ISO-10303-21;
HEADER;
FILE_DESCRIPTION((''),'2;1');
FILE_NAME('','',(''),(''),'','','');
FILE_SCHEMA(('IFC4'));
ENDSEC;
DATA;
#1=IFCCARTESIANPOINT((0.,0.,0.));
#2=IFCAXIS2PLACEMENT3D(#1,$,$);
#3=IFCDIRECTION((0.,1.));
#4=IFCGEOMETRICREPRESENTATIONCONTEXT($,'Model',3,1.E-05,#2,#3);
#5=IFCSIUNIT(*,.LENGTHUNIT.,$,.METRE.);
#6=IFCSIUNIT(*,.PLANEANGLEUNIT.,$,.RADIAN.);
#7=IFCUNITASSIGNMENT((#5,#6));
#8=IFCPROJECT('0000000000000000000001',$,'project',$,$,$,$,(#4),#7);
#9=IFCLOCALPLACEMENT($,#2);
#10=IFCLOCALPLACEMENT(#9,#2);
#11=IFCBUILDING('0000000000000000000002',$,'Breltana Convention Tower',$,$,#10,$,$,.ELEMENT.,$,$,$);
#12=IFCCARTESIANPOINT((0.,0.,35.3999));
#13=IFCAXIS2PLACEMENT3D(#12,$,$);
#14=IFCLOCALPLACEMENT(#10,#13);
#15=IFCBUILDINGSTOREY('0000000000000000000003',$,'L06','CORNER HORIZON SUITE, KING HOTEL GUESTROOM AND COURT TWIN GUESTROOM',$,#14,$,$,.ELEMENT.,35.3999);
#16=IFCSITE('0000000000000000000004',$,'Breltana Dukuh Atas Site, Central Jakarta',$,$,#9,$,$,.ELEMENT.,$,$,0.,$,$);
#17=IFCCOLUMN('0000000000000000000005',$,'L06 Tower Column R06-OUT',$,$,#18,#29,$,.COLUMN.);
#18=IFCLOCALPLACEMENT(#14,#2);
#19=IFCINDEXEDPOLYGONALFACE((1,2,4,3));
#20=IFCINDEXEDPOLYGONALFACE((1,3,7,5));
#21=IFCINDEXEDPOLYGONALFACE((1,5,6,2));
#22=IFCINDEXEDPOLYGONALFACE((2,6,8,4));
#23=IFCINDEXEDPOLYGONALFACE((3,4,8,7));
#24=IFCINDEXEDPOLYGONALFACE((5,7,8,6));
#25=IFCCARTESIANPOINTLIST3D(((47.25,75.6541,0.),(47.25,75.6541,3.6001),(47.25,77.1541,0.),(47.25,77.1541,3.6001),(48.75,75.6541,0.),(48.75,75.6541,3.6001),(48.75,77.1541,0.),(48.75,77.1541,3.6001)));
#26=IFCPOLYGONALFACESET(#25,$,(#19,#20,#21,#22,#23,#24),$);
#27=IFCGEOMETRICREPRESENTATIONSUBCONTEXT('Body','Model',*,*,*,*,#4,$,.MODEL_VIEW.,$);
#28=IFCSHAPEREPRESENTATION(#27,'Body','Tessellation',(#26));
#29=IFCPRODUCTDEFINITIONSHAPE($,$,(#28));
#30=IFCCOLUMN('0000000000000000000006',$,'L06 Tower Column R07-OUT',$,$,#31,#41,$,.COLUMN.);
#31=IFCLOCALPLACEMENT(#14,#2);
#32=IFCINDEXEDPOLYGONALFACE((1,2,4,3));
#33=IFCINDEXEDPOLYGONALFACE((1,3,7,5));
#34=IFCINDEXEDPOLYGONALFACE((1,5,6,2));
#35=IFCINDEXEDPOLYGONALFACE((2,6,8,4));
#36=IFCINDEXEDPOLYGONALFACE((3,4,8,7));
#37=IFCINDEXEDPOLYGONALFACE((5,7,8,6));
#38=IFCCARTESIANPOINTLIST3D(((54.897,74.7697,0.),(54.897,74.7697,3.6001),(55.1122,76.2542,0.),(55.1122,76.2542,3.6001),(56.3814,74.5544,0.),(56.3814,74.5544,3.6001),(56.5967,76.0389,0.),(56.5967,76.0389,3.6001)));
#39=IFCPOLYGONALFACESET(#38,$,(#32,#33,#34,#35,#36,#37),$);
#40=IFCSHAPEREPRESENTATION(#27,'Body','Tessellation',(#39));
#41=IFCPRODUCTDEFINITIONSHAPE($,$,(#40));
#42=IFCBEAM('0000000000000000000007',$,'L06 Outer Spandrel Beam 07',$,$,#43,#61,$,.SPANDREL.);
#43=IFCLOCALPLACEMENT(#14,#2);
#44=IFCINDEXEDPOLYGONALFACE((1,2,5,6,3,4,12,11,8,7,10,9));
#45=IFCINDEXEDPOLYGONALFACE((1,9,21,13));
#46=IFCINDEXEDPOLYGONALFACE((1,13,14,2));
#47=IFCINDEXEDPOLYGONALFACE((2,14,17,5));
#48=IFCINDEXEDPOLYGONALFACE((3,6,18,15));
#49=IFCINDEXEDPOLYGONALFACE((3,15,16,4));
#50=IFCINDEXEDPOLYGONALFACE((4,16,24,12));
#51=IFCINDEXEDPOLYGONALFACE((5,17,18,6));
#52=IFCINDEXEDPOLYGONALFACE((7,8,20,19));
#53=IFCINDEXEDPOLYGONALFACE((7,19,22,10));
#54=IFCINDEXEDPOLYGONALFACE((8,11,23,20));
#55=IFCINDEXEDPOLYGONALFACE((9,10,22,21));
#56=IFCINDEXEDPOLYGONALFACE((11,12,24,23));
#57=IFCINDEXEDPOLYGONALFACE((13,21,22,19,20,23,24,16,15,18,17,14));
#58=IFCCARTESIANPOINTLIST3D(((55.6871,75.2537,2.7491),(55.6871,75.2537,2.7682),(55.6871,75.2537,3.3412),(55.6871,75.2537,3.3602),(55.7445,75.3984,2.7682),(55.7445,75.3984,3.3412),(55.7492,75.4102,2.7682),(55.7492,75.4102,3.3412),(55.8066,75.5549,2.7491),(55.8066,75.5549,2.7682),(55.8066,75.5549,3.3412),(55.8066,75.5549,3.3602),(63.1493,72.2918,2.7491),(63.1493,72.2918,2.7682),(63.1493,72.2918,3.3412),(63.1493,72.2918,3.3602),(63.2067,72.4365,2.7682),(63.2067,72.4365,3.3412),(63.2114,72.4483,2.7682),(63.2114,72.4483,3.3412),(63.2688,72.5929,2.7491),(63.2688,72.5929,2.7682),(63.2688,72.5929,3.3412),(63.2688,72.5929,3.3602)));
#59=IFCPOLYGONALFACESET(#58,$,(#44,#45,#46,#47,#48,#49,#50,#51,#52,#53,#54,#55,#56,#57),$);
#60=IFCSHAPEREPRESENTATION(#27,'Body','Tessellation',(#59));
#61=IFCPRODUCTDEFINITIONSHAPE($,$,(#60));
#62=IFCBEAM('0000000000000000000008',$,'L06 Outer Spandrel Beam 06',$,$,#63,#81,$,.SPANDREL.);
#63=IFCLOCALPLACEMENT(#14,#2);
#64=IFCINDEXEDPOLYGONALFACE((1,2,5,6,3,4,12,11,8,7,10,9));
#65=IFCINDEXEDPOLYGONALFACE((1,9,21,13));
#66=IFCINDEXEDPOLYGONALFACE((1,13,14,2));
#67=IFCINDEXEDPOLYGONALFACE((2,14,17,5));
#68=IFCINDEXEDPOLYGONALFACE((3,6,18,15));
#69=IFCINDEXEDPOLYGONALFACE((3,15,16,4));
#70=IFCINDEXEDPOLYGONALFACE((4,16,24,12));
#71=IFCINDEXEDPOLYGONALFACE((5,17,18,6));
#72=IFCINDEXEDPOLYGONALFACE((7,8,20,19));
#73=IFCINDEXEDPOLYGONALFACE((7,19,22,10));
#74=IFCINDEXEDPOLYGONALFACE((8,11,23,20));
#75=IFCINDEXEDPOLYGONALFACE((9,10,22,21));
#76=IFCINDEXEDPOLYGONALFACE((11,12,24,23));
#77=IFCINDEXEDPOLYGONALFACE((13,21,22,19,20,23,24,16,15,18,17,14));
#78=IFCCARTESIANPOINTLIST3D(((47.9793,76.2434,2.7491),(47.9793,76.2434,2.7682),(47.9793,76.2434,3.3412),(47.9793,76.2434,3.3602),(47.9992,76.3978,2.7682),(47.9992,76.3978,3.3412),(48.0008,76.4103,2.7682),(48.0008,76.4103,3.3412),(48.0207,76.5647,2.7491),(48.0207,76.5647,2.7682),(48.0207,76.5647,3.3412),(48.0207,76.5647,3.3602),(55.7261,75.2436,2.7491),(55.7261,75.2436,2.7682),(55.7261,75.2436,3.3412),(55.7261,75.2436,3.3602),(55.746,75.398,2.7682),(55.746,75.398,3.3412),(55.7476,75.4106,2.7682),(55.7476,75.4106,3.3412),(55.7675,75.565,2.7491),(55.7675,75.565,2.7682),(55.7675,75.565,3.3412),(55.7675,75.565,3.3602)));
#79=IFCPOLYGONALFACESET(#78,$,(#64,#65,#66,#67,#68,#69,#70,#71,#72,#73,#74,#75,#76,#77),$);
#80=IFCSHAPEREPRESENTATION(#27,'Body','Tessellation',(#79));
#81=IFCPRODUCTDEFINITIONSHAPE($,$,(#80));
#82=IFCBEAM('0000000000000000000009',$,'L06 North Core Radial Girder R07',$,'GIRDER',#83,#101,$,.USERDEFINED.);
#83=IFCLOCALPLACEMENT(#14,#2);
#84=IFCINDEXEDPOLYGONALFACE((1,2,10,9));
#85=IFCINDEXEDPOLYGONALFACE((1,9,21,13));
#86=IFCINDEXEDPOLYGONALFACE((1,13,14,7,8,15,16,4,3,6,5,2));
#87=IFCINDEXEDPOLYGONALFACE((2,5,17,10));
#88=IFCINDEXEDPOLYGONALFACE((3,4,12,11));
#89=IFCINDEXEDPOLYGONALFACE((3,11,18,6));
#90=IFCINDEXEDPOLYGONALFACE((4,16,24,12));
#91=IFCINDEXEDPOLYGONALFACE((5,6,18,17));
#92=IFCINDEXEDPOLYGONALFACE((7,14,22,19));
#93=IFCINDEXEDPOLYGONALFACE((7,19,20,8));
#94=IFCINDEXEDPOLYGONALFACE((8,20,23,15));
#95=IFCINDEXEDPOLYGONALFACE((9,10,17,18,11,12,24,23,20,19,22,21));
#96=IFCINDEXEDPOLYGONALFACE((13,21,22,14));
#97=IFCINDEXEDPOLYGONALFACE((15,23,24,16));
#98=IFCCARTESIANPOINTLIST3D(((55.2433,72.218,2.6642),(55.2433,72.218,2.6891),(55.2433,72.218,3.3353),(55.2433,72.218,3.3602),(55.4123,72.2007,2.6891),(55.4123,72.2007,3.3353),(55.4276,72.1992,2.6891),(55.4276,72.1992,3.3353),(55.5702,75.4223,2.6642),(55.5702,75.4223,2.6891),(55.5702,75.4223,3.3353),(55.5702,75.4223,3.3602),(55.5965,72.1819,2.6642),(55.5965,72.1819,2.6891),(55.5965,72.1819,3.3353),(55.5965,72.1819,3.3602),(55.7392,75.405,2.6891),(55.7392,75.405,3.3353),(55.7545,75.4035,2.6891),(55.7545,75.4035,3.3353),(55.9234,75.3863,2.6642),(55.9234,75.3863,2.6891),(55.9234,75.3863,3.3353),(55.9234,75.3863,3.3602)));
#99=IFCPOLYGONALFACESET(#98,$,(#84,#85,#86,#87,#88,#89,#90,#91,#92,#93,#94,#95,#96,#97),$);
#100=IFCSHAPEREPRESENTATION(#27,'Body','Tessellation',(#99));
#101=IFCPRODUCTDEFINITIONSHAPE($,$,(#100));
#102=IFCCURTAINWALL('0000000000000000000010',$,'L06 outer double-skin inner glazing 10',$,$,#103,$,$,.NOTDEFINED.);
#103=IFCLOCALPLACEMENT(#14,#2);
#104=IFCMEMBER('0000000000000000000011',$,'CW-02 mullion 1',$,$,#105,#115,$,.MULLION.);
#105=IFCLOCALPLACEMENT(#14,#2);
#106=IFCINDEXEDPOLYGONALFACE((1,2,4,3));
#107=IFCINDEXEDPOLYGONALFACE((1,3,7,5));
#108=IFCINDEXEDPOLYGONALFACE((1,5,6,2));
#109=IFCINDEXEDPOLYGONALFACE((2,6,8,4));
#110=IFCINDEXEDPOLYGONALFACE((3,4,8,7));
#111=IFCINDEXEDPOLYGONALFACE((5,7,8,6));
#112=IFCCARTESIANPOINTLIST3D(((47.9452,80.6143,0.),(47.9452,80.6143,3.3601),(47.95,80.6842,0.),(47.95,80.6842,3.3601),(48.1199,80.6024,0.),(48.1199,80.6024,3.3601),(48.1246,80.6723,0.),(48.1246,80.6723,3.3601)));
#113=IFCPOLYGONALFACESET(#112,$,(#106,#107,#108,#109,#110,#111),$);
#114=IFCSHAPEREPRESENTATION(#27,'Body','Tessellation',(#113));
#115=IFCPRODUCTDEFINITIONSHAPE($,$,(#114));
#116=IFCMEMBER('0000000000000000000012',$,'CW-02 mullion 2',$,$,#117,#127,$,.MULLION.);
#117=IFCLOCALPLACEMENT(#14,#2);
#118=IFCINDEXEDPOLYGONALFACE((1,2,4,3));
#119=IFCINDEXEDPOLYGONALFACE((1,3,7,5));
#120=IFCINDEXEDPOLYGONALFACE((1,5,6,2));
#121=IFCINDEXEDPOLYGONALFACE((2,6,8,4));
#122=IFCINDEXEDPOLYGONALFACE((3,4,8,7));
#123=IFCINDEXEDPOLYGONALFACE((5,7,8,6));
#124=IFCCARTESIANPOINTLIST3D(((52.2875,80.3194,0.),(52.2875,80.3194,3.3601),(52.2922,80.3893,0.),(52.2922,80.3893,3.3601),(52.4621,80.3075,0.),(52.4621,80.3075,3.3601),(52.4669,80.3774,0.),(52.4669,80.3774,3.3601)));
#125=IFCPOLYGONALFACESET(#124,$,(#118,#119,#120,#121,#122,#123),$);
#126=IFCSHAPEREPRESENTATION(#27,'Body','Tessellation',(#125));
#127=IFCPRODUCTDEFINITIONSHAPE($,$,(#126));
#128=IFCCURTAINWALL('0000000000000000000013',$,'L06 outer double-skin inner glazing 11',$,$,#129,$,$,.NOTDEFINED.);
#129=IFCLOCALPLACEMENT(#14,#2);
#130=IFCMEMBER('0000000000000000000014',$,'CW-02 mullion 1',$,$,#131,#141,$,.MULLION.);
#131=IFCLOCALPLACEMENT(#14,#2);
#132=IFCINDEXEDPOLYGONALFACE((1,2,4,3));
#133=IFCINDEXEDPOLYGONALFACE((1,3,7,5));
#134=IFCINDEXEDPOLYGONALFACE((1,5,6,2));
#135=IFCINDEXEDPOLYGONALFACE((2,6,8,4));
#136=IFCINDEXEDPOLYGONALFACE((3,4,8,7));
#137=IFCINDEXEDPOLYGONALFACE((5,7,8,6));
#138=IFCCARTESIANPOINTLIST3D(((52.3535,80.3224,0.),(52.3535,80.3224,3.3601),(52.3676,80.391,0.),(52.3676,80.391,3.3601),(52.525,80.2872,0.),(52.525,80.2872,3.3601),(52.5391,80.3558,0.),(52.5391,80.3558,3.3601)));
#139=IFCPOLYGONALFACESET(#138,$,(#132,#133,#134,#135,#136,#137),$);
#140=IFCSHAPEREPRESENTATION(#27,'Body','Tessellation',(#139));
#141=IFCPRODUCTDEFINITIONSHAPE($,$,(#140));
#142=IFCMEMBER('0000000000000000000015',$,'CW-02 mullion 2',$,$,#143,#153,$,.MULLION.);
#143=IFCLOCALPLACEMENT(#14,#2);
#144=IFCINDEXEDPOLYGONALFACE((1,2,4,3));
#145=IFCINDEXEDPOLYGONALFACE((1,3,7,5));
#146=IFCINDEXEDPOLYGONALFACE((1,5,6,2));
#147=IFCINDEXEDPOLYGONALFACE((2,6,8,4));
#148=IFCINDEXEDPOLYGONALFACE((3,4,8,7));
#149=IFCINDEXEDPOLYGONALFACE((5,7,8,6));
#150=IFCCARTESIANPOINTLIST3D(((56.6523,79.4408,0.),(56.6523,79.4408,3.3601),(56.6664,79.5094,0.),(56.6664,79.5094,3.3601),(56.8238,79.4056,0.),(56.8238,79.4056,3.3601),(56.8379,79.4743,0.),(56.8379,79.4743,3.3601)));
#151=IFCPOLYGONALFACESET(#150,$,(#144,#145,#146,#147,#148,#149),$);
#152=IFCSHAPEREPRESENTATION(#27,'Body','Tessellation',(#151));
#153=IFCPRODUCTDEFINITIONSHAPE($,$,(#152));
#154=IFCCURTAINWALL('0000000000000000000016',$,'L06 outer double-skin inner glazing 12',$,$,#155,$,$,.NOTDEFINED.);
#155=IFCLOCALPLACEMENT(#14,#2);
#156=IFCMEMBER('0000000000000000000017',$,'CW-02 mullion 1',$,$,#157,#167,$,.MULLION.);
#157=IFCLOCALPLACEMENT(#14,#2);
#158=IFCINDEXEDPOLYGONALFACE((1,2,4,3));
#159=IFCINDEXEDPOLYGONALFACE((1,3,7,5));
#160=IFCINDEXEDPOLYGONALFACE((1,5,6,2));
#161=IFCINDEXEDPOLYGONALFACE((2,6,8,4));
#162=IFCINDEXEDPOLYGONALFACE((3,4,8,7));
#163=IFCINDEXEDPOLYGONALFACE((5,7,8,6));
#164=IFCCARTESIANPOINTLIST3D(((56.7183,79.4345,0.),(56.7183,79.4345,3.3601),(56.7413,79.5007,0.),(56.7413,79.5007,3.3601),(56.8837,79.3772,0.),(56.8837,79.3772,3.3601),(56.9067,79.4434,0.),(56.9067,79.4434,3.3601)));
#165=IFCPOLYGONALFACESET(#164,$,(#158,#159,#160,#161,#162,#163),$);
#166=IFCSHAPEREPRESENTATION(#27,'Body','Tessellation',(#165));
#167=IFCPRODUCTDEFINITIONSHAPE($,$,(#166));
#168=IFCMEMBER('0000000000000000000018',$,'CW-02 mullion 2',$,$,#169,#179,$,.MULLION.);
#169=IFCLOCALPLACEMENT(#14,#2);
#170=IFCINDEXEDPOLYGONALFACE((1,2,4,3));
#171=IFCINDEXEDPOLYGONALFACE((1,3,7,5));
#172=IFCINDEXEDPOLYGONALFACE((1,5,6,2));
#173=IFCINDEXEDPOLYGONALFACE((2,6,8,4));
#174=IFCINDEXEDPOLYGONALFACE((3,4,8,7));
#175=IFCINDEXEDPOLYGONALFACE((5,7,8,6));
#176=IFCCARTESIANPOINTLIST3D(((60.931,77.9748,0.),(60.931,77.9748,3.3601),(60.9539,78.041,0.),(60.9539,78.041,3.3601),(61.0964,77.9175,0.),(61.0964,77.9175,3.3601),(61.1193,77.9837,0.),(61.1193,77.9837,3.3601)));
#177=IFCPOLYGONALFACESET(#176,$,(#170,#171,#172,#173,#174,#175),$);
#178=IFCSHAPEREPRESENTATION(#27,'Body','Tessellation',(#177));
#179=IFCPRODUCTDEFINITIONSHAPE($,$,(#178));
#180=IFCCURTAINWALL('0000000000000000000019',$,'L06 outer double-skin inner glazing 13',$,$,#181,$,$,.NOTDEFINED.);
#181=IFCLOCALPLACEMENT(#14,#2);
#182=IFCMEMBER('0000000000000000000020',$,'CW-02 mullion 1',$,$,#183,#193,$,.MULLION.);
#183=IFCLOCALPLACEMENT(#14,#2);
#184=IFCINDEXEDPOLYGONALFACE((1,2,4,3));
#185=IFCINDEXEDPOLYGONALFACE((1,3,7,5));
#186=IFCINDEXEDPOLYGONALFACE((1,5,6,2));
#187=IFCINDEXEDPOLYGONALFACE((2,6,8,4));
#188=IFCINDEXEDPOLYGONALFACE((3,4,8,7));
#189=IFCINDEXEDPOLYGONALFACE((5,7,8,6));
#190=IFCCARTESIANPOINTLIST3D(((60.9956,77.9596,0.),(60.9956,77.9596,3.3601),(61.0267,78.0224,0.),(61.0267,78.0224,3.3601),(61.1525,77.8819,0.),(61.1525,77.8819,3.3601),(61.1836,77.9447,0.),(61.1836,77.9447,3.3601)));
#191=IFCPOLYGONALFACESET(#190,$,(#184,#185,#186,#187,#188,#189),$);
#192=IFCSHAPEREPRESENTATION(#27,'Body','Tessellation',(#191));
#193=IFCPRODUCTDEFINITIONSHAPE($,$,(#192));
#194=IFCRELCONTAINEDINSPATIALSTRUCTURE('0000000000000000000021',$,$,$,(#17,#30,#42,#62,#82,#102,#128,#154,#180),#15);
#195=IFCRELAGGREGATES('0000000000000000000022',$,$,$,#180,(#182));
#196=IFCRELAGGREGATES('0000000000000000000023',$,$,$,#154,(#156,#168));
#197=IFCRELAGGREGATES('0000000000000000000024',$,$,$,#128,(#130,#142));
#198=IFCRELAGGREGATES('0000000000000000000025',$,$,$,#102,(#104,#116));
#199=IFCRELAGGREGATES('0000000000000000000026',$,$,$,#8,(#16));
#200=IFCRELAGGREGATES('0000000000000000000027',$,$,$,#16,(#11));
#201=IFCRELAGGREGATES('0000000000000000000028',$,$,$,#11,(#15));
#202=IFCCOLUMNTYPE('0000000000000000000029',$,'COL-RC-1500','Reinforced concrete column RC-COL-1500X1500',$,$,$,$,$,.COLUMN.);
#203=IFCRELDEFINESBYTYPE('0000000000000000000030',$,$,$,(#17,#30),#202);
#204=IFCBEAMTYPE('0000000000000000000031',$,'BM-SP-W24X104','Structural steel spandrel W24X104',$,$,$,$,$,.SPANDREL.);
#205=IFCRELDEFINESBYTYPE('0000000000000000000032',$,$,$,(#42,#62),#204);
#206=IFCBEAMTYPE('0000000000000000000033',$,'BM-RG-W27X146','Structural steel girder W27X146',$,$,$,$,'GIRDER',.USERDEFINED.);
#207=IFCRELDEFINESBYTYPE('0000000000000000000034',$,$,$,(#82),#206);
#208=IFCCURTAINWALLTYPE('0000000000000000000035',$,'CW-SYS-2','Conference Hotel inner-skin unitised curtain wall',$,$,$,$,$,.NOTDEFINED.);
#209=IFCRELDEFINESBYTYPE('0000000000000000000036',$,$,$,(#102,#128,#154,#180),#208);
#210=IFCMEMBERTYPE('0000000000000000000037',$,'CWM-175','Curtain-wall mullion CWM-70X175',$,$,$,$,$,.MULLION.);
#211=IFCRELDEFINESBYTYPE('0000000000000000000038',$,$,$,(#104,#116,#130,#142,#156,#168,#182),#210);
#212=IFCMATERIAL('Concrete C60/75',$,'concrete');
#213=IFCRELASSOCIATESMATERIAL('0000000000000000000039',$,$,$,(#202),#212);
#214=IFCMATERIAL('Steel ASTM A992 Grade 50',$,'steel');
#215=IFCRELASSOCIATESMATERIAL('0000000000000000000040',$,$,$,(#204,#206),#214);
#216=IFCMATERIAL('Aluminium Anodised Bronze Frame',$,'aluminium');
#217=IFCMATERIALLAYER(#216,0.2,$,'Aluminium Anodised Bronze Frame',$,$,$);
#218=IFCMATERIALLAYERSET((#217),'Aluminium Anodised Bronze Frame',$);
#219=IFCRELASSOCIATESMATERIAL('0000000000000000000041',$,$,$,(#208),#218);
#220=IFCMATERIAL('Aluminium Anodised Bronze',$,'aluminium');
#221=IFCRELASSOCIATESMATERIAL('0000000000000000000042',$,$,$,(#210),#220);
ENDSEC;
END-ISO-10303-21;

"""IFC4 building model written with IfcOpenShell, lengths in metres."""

from ifc_helpers import new_model, si_unit, direction, frame, origin, origin_2d, place, context, subcontext, project, spatial, rectangle, i_section, extrude, source, transform, mapped, material, layer, layer_set, material_profile, profile_set, type_object, type_shapes, element, aggregate, save


model = new_model("IFC4")

# Units and contexts
model_context = context("Model", 3, precision=1e-05, world=origin(), true_north=direction((0.0, 1.0)))
body_context = subcontext(model_context, "Body", "Model", "MODEL_VIEW")
ifc_project = project(units=[si_unit("LENGTHUNIT", "METRE"), si_unit("PLANEANGLEUNIT", "RADIAN")], contexts=[model_context])

# Site, building, storey
site_placement = place(None, origin())
site = spatial("IfcSite", under=ifc_project, at=site_placement, Name="Breltana Dukuh Atas Site, Central Jakarta", CompositionType="ELEMENT", RefElevation=0.0)
building_placement = place(site_placement, origin())
building = spatial("IfcBuilding", under=site, at=building_placement, Name="Breltana Convention Tower", CompositionType="ELEMENT")
storey_placement = place(building_placement, frame((0.0, 0.0, 35.3999)))
storey = spatial("IfcBuildingStorey", under=building, at=storey_placement, Name="L06", Description="CORNER HORIZON SUITE, KING HOTEL GUESTROOM AND COURT TWIN GUESTROOM", CompositionType="ELEMENT", Elevation=35.3999)

# Columns
ifc_material_1 = material(Name="Concrete C60/75", Category="concrete")
ifc_material_profile_1 = material_profile(ifc_material_1, rectangle(XDim=1.5, YDim=1.5, at=origin_2d()), Name="RC-COL-1500X1500")
ifc_profile_set_1 = profile_set([ifc_material_profile_1], Name="Concrete C60/75")
column_type = type_object("IfcColumnType", Name="COL-RC-1500", Description="Reinforced concrete column RC-COL-1500X1500", PredefinedType="COLUMN", material=ifc_profile_set_1)
shared_shape_1 = source(origin(), body_context, "Body", "SweptSolid", [
    extrude(rectangle(XDim=1.5, YDim=1.5, at=origin_2d()), origin(), (0.0, 0.0, 1.0), 3.6001),
])
for number, where, z_axis, x_axis, name in (
    (1, (48.0, 76.4041, 0.0), (0.0, 0.0, 1.0), (0.0, 1.0, 0.0), "L06 Tower Column R06-OUT"),
    (2, (55.7468, 75.4043, 0.0), (0.0, 0.0, 1.0), (0.143493, 0.989651, 0.0), "L06 Tower Column R07-OUT"),
):
    element("IfcColumn", number, at=place(storey_placement, frame(where, z_axis=z_axis, x_axis=x_axis)), inside=storey, type_object=column_type, Name=name, PredefinedType="COLUMN", context=body_context, shape_type="MappedRepresentation", body=[
        mapped(shared_shape_1, transform((0.0, 0.0, 0.0), scale=1.0)),
    ])

# Beams
ifc_material_2 = material(Name="Steel ASTM A992 Grade 50", Category="steel")
ifc_material_profile_2 = material_profile(ifc_material_2, i_section(OverallWidth=0.324, OverallDepth=0.6111, WebThickness=0.0127, FlangeThickness=0.019, at=origin_2d()), Name="W24X104")
ifc_profile_set_2 = profile_set([ifc_material_profile_2], Name="Steel ASTM A992 Grade 50")
beam_type_1 = type_object("IfcBeamType", Name="BM-SP-W24X104", Description="Structural steel spandrel W24X104", PredefinedType="SPANDREL", material=ifc_profile_set_2)
shared_shape_2 = source(origin(), body_context, "Body", "SweptSolid", [
    extrude(i_section(OverallWidth=0.324, OverallDepth=0.6111, WebThickness=0.0127, FlangeThickness=0.019, at=origin_2d()), origin(), (0.0, 0.0, 1.0), 8.0286),
])
beam_1_placement = place(storey_placement, frame((55.7468, 75.4043, 3.0547), z_axis=(0.929459, -0.368925, 0.0), x_axis=(0.368925, 0.929459, 0.0)))
element("IfcBeam", 3, at=beam_1_placement, inside=storey, type_object=beam_type_1, Name="L06 Outer Spandrel Beam 07", PredefinedType="SPANDREL", context=body_context, shape_type="MappedRepresentation", body=[
    mapped(shared_shape_2, transform((0.0, 0.0, 0.0), scale=1.0)),
])
shared_shape_3 = source(origin(), body_context, "Body", "SweptSolid", [
    extrude(i_section(OverallWidth=0.324, OverallDepth=0.6111, WebThickness=0.0127, FlangeThickness=0.019, at=origin_2d()), origin(), (0.0, 0.0, 1.0), 7.811),
])
beam_2_placement = place(storey_placement, frame((48.0, 76.4041, 3.0547), z_axis=(0.991775, -0.127992, 0.0), x_axis=(0.127992, 0.991775, 0.0)))
element("IfcBeam", 4, at=beam_2_placement, inside=storey, type_object=beam_type_1, Name="L06 Outer Spandrel Beam 06", PredefinedType="SPANDREL", context=body_context, shape_type="MappedRepresentation", body=[
    mapped(shared_shape_3, transform((0.0, 0.0, 0.0), scale=1.0)),
])
ifc_material_profile_3 = material_profile(ifc_material_2, i_section(OverallWidth=0.355, OverallDepth=0.696, WebThickness=0.0154, FlangeThickness=0.0249, at=origin_2d()), Name="W27X146")
ifc_profile_set_3 = profile_set([ifc_material_profile_3], Name="Steel ASTM A992 Grade 50")
beam_type_2 = type_object("IfcBeamType", Name="BM-RG-W27X146", Description="Structural steel girder W27X146", ElementType="GIRDER", PredefinedType="USERDEFINED", material=ifc_profile_set_3)
shared_shape_4 = source(origin(), body_context, "Body", "SweptSolid", [
    extrude(i_section(OverallWidth=0.355, OverallDepth=0.696, WebThickness=0.0154, FlangeThickness=0.0249, at=origin_2d()), origin(), (0.0, 0.0, 1.0), 3.2209),
])
beam_3_placement = place(storey_placement, frame((55.4199, 72.2, 3.0122), z_axis=(0.101492, 0.994836, 0.0), x_axis=(-0.994836, 0.101492, 0.0)))
element("IfcBeam", 5, at=beam_3_placement, inside=storey, type_object=beam_type_2, Name="L06 North Core Radial Girder R07", ObjectType="GIRDER", PredefinedType="USERDEFINED", context=body_context, shape_type="MappedRepresentation", body=[
    mapped(shared_shape_4, transform((0.0, 0.0, 0.0), scale=1.0)),
])

# Curtain walls, members
ifc_material_3 = material(Name="Aluminium Anodised Bronze Frame", Category="aluminium")
ifc_layer_1 = layer(ifc_material_3, 0.2, Name="Aluminium Anodised Bronze Frame")
ifc_layer_set_1 = layer_set([ifc_layer_1], Name="Aluminium Anodised Bronze Frame")
curtain_wall_type = type_object("IfcCurtainWallType", Name="CW-SYS-2", Description="Conference Hotel inner-skin unitised curtain wall", PredefinedType="NOTDEFINED", material=ifc_layer_set_1)
curtain_wall_1_placement = place(storey_placement, origin())
curtain_wall_1 = element("IfcCurtainWall", 6, at=curtain_wall_1_placement, inside=storey, type_object=curtain_wall_type, Name="L06 outer double-skin inner glazing 10", PredefinedType="NOTDEFINED")
ifc_material_4 = material(Name="Aluminium Anodised Bronze", Category="aluminium")
ifc_material_profile_4 = material_profile(ifc_material_4, rectangle(XDim=0.0701, YDim=0.175, at=origin_2d()), Name="CWM-70X175")
ifc_profile_set_4 = profile_set([ifc_material_profile_4], Name="Aluminium Anodised Bronze")
member_type_1 = type_object("IfcMemberType", Name="CWM-175", Description="Curtain-wall mullion CWM-70X175", PredefinedType="MULLION", material=ifc_profile_set_4)
shared_shape_5 = source(origin(), body_context, "Body", "SweptSolid", [
    extrude(rectangle(XDim=0.0701, YDim=0.175, at=origin_2d()), origin(), (0.0, 0.0, 1.0), 3.3601),
])
type_shapes(member_type_1, [shared_shape_5])
member_1_placement = place(storey_placement, frame((48.0349, 80.6433, 0.0), z_axis=(0.0, 0.0, 1.0), x_axis=(0.067726, 0.997704, 0.0)))
member_1 = element("IfcMember", 7, at=member_1_placement, type_object=member_type_1, Name="CW-02 mullion 1", PredefinedType="MULLION", context=body_context, shape_type="MappedRepresentation", body=[
    mapped(shared_shape_5, transform((0.0, 0.0, 0.0), scale=1.0)),
])
member_2_placement = place(storey_placement, frame((52.3772, 80.3484, 0.0), z_axis=(0.0, 0.0, 1.0), x_axis=(0.067726, 0.997704, 0.0)))
member_2 = element("IfcMember", 8, at=member_2_placement, type_object=member_type_1, Name="CW-02 mullion 2", PredefinedType="MULLION", context=body_context, shape_type="MappedRepresentation", body=[
    mapped(shared_shape_5, transform((0.0, 0.0, 0.0), scale=1.0)),
])
curtain_wall_2_placement = place(storey_placement, origin())
curtain_wall_2 = element("IfcCurtainWall", 9, at=curtain_wall_2_placement, inside=storey, type_object=curtain_wall_type, Name="L06 outer double-skin inner glazing 11", PredefinedType="NOTDEFINED")
member_3_placement = place(storey_placement, frame((52.4463, 80.3391, 0.0), z_axis=(0.0, 0.0, 1.0), x_axis=(0.200885, 0.979615, 0.0)))
member_3 = element("IfcMember", 10, at=member_3_placement, type_object=member_type_1, Name="CW-02 mullion 1", PredefinedType="MULLION", context=body_context, shape_type="MappedRepresentation", body=[
    mapped(shared_shape_5, transform((0.0, 0.0, 0.0), scale=1.0)),
])
member_4_placement = place(storey_placement, frame((56.7451, 79.4575, 0.0), z_axis=(0.0, 0.0, 1.0), x_axis=(0.200885, 0.979615, 0.0)))
member_4 = element("IfcMember", 11, at=member_4_placement, type_object=member_type_1, Name="CW-02 mullion 2", PredefinedType="MULLION", context=body_context, shape_type="MappedRepresentation", body=[
    mapped(shared_shape_5, transform((0.0, 0.0, 0.0), scale=1.0)),
])
curtain_wall_3_placement = place(storey_placement, origin())
curtain_wall_3 = element("IfcCurtainWall", 12, at=curtain_wall_3_placement, inside=storey, type_object=curtain_wall_type, Name="L06 outer double-skin inner glazing 12", PredefinedType="NOTDEFINED")
member_5_placement = place(storey_placement, frame((56.8125, 79.439, 0.0), z_axis=(0.0, 0.0, 1.0), x_axis=(0.327428, 0.944876, 0.0)))
member_5 = element("IfcMember", 13, at=member_5_placement, type_object=member_type_1, Name="CW-02 mullion 1", PredefinedType="MULLION", context=body_context, shape_type="MappedRepresentation", body=[
    mapped(shared_shape_5, transform((0.0, 0.0, 0.0), scale=1.0)),
])
member_6_placement = place(storey_placement, frame((61.0251, 77.9792, 0.0), z_axis=(0.0, 0.0, 1.0), x_axis=(0.327428, 0.944876, 0.0)))
member_6 = element("IfcMember", 14, at=member_6_placement, type_object=member_type_1, Name="CW-02 mullion 2", PredefinedType="MULLION", context=body_context, shape_type="MappedRepresentation", body=[
    mapped(shared_shape_5, transform((0.0, 0.0, 0.0), scale=1.0)),
])
curtain_wall_4_placement = place(storey_placement, origin())
curtain_wall_4 = element("IfcCurtainWall", 15, at=curtain_wall_4_placement, inside=storey, type_object=curtain_wall_type, Name="L06 outer double-skin inner glazing 13", PredefinedType="NOTDEFINED")
member_7_placement = place(storey_placement, frame((61.0896, 77.9521, 0.0), z_axis=(0.0, 0.0, 1.0), x_axis=(0.444108, 0.895973, 0.0)))
member_7 = element("IfcMember", 16, at=member_7_placement, type_object=member_type_1, Name="CW-02 mullion 1", PredefinedType="MULLION", context=body_context, shape_type="MappedRepresentation", body=[
    mapped(shared_shape_5, transform((0.0, 0.0, 0.0), scale=1.0)),
])
aggregate(curtain_wall_4, [member_7])

aggregate(curtain_wall_3, [member_5, member_6])
aggregate(curtain_wall_2, [member_3, member_4])
aggregate(curtain_wall_1, [member_1, member_2])

save(model, "model.ifc")
